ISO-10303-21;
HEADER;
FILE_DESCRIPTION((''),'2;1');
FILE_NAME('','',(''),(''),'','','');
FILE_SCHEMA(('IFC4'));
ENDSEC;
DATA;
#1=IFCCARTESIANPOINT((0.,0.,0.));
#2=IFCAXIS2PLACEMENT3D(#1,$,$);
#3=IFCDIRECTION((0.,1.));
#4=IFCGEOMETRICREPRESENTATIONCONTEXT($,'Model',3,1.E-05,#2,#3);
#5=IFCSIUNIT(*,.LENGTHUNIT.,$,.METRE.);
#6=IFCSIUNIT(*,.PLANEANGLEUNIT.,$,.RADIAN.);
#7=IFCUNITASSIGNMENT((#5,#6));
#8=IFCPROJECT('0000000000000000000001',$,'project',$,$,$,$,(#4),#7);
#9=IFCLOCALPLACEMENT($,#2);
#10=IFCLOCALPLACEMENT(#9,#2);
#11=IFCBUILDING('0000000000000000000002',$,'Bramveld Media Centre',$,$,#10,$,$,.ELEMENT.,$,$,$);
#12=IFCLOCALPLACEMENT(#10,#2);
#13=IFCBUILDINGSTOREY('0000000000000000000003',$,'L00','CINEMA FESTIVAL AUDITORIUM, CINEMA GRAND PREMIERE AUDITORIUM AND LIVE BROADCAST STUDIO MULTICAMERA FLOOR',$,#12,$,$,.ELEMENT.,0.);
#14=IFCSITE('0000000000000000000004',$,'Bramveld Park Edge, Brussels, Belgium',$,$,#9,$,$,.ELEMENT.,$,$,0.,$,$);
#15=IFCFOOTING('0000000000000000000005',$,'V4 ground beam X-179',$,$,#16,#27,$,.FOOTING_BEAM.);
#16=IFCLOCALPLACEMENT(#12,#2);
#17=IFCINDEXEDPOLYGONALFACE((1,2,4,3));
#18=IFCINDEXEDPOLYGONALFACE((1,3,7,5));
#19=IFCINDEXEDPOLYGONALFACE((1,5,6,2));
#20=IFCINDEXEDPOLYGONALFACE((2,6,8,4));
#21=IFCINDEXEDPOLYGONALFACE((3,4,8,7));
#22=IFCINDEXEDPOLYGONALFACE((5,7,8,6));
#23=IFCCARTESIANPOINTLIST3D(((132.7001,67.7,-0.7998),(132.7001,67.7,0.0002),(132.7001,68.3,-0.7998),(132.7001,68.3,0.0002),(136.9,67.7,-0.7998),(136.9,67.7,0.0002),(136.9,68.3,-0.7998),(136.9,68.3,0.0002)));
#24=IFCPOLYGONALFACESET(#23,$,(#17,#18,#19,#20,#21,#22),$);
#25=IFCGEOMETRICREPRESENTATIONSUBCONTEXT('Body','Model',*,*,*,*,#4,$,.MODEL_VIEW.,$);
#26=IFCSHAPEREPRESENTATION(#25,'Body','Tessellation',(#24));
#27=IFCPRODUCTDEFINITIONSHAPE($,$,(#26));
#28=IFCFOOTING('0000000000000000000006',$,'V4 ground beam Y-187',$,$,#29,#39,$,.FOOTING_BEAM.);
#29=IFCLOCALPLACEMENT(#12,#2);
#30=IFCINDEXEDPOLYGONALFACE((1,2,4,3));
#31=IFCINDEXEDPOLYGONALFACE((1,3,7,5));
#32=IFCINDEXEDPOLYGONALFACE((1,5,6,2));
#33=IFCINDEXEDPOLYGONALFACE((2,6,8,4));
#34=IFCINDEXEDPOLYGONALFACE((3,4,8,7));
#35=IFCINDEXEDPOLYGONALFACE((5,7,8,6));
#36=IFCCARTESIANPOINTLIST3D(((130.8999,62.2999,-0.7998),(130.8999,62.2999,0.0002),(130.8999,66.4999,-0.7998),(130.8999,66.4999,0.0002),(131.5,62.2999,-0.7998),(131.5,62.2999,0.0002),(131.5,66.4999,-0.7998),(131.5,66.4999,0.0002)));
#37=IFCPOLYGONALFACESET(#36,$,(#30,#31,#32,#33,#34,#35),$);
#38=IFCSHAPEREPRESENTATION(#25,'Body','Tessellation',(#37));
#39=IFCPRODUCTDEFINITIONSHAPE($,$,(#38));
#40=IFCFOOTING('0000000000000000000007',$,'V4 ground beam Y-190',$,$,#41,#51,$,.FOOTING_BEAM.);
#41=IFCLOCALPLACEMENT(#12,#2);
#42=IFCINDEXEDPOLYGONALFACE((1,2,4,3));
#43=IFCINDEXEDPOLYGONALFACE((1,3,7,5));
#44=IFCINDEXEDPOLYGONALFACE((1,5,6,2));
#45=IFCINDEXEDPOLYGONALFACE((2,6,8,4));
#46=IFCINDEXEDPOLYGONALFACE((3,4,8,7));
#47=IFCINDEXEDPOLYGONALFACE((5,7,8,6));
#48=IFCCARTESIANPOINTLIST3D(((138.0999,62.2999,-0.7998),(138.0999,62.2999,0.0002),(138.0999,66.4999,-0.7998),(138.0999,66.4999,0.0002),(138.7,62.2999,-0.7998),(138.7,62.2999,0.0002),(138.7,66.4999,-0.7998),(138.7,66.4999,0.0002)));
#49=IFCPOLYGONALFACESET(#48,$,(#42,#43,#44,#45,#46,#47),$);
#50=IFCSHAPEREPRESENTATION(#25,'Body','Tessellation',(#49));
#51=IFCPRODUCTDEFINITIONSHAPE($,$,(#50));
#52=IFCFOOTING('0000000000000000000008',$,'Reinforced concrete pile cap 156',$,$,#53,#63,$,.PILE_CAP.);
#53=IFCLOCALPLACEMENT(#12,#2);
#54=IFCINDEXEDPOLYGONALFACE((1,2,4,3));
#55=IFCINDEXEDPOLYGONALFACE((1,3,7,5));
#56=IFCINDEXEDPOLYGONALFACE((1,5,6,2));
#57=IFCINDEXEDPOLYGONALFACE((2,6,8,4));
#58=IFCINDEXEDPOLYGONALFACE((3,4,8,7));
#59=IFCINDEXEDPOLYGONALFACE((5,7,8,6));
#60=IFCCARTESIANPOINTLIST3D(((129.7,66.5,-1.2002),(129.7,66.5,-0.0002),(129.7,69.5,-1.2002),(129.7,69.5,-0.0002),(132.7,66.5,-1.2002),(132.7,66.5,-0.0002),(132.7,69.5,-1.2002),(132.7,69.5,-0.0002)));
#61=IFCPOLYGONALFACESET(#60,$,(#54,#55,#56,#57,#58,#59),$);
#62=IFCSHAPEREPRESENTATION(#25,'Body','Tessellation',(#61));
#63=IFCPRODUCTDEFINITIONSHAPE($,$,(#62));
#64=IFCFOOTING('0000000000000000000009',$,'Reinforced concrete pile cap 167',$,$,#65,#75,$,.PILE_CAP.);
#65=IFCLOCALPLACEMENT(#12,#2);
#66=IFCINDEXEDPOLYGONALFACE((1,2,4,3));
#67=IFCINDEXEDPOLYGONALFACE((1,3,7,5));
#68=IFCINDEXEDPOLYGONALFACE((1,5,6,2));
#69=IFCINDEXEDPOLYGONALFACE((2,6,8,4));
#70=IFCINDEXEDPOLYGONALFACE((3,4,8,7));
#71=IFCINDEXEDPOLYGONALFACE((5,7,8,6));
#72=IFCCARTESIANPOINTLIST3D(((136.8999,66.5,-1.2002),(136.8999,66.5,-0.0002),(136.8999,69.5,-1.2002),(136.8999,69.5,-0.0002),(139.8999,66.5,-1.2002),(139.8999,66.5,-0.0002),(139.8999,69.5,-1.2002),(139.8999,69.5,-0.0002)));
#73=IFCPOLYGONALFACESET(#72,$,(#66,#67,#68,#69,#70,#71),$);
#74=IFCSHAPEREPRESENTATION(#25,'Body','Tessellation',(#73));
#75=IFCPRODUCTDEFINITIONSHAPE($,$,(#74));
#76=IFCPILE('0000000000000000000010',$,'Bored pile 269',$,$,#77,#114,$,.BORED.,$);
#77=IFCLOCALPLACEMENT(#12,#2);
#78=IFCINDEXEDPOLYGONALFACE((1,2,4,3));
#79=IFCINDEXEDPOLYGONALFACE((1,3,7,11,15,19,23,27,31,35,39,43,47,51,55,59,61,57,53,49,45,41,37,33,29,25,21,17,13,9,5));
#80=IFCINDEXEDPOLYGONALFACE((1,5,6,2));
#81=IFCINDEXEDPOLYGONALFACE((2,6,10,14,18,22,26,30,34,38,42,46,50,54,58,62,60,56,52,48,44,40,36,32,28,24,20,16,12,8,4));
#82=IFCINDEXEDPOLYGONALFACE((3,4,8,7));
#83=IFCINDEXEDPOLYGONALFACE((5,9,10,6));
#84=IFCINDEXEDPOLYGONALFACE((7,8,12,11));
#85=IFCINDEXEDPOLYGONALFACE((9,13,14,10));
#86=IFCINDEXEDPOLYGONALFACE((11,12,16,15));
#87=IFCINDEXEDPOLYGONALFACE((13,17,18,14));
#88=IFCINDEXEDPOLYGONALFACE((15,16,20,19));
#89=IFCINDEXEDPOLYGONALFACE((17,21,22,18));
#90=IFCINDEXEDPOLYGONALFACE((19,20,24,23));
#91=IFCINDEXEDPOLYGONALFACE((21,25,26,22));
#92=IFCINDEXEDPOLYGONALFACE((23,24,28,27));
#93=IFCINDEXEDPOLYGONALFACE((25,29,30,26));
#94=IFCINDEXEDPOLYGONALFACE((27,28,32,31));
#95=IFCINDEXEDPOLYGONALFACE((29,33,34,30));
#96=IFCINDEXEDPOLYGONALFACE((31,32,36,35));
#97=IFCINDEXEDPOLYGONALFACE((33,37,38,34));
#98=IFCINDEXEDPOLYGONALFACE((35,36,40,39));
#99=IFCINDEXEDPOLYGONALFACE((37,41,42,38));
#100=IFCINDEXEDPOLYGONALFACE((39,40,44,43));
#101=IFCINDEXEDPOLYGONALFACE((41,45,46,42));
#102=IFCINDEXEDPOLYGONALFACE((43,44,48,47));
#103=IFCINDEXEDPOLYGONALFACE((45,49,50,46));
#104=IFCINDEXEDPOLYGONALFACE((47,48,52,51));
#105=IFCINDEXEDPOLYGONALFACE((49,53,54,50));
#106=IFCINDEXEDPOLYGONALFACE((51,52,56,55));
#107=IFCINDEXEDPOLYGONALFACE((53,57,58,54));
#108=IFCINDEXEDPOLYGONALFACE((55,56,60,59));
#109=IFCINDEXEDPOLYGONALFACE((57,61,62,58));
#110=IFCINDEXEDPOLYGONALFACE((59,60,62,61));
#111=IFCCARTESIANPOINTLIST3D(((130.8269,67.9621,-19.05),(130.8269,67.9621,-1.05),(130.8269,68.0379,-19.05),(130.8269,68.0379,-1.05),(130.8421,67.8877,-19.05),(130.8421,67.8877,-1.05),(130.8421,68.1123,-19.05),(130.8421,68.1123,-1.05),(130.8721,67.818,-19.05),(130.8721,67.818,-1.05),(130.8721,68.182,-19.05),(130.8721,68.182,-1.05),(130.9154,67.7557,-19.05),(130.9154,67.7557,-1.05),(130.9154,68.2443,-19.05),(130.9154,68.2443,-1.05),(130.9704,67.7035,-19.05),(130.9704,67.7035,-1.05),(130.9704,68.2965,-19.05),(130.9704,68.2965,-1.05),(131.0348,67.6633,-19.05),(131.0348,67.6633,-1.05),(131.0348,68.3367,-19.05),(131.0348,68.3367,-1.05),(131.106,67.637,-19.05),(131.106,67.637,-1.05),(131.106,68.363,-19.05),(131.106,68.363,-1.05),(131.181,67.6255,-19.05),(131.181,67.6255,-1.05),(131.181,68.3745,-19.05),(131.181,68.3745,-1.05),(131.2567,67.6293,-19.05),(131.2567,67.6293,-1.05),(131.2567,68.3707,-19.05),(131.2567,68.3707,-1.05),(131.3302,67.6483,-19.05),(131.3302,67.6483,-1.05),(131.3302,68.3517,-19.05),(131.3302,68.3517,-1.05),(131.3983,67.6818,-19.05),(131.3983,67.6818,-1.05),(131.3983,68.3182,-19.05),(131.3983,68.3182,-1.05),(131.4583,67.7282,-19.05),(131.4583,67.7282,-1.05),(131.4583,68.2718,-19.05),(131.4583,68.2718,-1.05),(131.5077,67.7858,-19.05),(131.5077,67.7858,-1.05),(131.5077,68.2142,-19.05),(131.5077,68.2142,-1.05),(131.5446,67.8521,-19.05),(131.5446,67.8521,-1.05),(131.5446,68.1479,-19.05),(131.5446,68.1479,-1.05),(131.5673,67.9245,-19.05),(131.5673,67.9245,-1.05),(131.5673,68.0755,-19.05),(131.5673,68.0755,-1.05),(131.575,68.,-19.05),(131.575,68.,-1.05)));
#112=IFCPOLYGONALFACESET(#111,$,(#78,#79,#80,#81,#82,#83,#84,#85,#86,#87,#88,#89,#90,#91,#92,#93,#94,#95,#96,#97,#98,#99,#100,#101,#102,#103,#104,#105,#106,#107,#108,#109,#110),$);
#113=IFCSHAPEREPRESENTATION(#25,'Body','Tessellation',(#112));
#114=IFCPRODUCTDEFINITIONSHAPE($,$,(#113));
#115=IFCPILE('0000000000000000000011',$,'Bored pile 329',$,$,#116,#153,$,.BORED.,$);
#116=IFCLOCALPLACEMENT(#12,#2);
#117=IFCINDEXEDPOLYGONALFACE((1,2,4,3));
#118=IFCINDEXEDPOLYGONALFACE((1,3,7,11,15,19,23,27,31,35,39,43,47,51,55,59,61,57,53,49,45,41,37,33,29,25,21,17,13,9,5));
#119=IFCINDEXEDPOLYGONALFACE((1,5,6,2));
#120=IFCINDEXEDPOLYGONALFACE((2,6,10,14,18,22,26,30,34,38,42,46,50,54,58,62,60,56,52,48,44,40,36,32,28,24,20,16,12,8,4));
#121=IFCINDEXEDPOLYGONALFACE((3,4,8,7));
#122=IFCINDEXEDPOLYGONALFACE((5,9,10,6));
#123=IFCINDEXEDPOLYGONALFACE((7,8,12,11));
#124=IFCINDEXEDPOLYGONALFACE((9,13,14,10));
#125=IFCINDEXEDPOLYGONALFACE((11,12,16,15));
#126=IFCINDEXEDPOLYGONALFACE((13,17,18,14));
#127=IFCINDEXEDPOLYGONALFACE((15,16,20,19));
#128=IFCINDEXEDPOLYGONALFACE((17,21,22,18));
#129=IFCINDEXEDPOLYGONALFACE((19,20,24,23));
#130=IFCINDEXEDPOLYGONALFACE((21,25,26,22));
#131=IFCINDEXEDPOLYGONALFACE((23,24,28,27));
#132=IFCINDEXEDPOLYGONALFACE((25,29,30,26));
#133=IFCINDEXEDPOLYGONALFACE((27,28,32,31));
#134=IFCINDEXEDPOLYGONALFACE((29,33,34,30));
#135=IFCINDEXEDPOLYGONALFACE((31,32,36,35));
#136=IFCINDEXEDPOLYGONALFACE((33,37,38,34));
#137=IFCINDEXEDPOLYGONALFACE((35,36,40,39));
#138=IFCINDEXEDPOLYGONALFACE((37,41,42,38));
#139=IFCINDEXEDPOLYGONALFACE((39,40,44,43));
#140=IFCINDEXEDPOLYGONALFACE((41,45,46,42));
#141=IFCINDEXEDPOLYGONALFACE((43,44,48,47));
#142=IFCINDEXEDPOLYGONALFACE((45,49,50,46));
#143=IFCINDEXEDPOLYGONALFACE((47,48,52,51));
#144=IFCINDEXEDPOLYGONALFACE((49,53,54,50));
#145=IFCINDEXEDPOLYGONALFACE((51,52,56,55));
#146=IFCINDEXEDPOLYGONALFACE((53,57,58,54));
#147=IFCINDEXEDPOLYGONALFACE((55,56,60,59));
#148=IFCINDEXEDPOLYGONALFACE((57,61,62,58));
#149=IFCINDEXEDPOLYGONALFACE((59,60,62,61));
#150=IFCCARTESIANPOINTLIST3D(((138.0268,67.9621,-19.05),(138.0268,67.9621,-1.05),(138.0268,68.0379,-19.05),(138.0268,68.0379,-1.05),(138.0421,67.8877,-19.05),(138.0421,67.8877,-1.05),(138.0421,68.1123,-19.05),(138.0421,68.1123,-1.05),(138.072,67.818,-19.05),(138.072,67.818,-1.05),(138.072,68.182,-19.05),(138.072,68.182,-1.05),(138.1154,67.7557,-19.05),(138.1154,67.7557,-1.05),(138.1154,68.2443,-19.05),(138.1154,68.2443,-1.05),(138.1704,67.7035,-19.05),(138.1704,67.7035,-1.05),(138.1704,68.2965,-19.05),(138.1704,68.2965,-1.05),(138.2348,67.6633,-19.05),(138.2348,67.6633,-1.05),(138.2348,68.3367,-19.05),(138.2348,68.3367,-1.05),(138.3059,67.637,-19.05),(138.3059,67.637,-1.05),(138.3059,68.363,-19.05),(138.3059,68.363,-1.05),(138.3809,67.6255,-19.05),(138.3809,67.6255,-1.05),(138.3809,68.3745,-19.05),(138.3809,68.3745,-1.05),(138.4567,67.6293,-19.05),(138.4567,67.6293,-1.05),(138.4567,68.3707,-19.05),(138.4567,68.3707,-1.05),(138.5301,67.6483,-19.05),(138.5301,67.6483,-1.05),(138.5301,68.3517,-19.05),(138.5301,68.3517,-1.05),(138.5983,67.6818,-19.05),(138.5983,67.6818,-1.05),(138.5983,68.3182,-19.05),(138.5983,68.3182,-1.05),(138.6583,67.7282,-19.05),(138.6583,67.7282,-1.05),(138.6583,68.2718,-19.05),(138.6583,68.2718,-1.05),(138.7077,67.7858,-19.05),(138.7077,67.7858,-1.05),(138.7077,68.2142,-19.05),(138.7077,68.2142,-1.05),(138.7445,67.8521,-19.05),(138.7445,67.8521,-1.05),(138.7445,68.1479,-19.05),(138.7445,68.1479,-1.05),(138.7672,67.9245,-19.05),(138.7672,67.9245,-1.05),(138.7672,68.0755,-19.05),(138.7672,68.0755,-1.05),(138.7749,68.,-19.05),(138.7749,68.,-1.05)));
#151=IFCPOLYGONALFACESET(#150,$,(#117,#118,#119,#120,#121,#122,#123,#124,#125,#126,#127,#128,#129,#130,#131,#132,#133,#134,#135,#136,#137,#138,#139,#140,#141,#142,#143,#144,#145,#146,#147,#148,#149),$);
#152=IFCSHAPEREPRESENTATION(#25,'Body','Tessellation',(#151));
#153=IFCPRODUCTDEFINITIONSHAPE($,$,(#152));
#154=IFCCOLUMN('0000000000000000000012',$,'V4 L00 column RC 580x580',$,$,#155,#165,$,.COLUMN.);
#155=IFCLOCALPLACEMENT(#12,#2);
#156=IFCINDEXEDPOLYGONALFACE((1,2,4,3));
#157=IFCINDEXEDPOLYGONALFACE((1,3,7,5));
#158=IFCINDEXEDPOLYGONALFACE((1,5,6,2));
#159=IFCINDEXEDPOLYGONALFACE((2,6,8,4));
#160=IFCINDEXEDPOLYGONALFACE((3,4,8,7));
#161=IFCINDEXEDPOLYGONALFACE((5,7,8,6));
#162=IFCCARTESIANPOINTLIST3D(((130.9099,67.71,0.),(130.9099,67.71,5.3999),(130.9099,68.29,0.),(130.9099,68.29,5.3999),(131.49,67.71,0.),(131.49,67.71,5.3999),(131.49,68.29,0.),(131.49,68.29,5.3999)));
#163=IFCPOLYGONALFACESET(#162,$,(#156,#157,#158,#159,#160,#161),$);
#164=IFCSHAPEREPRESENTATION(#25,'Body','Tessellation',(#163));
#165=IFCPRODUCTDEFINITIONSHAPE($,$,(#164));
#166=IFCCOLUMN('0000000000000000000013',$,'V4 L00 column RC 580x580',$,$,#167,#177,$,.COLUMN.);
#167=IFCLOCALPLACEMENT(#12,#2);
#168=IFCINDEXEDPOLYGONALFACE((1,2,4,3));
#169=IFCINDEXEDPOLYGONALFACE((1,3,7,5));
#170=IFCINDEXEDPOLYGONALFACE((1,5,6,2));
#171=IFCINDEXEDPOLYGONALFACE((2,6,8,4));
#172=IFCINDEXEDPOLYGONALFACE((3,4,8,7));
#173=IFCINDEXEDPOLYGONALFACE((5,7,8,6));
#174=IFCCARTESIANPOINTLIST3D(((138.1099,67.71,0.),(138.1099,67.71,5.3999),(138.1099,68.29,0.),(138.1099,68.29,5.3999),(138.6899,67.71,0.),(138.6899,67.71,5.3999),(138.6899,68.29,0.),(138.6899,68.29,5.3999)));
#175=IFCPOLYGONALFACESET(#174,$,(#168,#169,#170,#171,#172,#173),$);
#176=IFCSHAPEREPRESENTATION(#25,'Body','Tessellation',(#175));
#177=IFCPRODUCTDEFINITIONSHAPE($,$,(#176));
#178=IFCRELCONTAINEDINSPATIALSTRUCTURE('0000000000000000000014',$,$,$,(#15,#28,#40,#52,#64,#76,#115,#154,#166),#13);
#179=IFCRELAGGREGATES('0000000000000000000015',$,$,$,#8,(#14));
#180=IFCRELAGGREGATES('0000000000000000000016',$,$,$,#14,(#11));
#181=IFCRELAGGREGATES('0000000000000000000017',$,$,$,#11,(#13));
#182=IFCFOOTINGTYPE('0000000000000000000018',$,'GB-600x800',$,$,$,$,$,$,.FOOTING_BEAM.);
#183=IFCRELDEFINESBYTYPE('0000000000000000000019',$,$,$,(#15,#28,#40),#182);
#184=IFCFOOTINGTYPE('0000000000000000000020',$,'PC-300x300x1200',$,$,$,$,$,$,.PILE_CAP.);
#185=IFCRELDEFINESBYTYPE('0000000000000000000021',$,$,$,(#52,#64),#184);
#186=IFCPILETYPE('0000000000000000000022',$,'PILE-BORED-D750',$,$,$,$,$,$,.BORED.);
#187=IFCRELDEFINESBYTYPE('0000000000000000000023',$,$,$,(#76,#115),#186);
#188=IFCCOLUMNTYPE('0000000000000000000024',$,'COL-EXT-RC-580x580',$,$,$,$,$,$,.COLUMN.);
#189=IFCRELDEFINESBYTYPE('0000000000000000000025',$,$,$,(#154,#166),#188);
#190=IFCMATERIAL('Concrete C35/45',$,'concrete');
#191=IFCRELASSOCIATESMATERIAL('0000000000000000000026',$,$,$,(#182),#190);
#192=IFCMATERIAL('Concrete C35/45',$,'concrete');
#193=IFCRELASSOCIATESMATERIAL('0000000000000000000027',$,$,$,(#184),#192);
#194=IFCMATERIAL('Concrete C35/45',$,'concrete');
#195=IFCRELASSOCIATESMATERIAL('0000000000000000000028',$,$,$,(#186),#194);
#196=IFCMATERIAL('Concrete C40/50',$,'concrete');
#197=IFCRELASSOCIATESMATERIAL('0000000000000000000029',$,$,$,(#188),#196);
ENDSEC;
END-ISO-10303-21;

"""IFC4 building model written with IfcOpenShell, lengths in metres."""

from ifc_helpers import new_model, si_unit, direction, frame, origin, origin_2d, place, context, subcontext, project, spatial, rectangle, circle, extrude, material, material_profile, profile_set, type_object, element, save


model = new_model("IFC4")

# Units and contexts
model_context = context("Model", 3, precision=1e-05, world=origin(), true_north=direction((0.0, 1.0)))
body_context = subcontext(model_context, "Body", "Model", "MODEL_VIEW")
ifc_project = project(units=[si_unit("LENGTHUNIT", "METRE"), si_unit("PLANEANGLEUNIT", "RADIAN")], contexts=[model_context])

# Site, building, storey
site_placement = place(None, origin())
site = spatial("IfcSite", under=ifc_project, at=site_placement, Name="Bramveld Park Edge, Brussels, Belgium", CompositionType="ELEMENT", RefElevation=0.0)
building_placement = place(site_placement, origin())
building = spatial("IfcBuilding", under=site, at=building_placement, Name="Bramveld Media Centre", CompositionType="ELEMENT")
storey_placement = place(building_placement, origin())
storey = spatial("IfcBuildingStorey", under=building, at=storey_placement, Name="L00", Description="CINEMA FESTIVAL AUDITORIUM, CINEMA GRAND PREMIERE AUDITORIUM AND LIVE BROADCAST STUDIO MULTICAMERA FLOOR", CompositionType="ELEMENT", Elevation=0.0)

# Footings
ifc_material_1 = material(Name="Concrete C35/45", Category="concrete")
footing_type_1 = type_object("IfcFootingType", Name="GB-600x800", PredefinedType="FOOTING_BEAM", material=ifc_material_1)
footing_placement = place(storey_placement, frame((134.8, 68.0, -0.7998), z_axis=(0.0, 0.0, 1.0), x_axis=(1.0, 0.0, 0.0)))
element("IfcFooting", 1, at=footing_placement, inside=storey, type_object=footing_type_1, Name="V4 ground beam X-179", PredefinedType="FOOTING_BEAM", context=body_context, shape_type="SweptSolid", body=[
    extrude(rectangle(XDim=4.2, YDim=0.6001, at=origin_2d()), origin(), (0.0, 0.0, 1.0), 0.8),
])
for number, where, z_axis, x_axis, name in (
    (2, (131.2, 64.3999, -0.7998), (0.0, 0.0, 1.0), (1.0, 0.0, 0.0), "V4 ground beam Y-187"),
    (3, (138.3999, 64.3999, -0.7998), (0.0, 0.0, 1.0), (1.0, 0.0, 0.0), "V4 ground beam Y-190"),
):
    element("IfcFooting", number, at=place(storey_placement, frame(where, z_axis=z_axis, x_axis=x_axis)), inside=storey, type_object=footing_type_1, Name=name, PredefinedType="FOOTING_BEAM", context=body_context, shape_type="SweptSolid", body=[
        extrude(rectangle(XDim=0.6001, YDim=4.2, at=origin_2d()), origin(), (0.0, 0.0, 1.0), 0.8),
    ])
ifc_material_2 = material(Name="Concrete C35/45", Category="concrete")
footing_type_2 = type_object("IfcFootingType", Name="PC-300x300x1200", PredefinedType="PILE_CAP", material=ifc_material_2)
for number, where, z_axis, x_axis, name in (
    (4, (131.2, 68.0, -1.2002), (0.0, 0.0, 1.0), (1.0, 0.0, 0.0), "Reinforced concrete pile cap 156"),
    (5, (138.3999, 68.0, -1.2002), (0.0, 0.0, 1.0), (1.0, 0.0, 0.0), "Reinforced concrete pile cap 167"),
):
    element("IfcFooting", number, at=place(storey_placement, frame(where, z_axis=z_axis, x_axis=x_axis)), inside=storey, type_object=footing_type_2, Name=name, PredefinedType="PILE_CAP", context=body_context, shape_type="SweptSolid", body=[
        extrude(rectangle(XDim=3.0, YDim=3.0, at=origin_2d()), origin(), (0.0, 0.0, 1.0), 1.2),
    ])

# Piles
ifc_material_3 = material(Name="Concrete C35/45", Category="concrete")
ifc_material_profile_1 = material_profile(ifc_material_3, circle(Radius=0.375, at=origin_2d()), Name="BORED D750")
ifc_profile_set_1 = profile_set([ifc_material_profile_1], Name="Concrete C35/45")
pile_type = type_object("IfcPileType", Name="PILE-BORED-D750", PredefinedType="BORED", material=ifc_profile_set_1)
for number, where, z_axis, x_axis, name in (
    (6, (131.2, 68.0, -1.05), (0.0, 0.0, -1.0), (1.0, 0.0, 0.0), "Bored pile 269"),
    (7, (138.3999, 68.0, -1.05), (0.0, 0.0, -1.0), (1.0, 0.0, 0.0), "Bored pile 329"),
):
    element("IfcPile", number, at=place(storey_placement, frame(where, z_axis=z_axis, x_axis=x_axis)), inside=storey, type_object=pile_type, Name=name, PredefinedType="BORED", context=body_context, shape_type="SweptSolid", body=[
        extrude(circle(Radius=0.375, at=origin_2d()), origin(), (0.0, 0.0, 1.0), 18.0),
    ])

# Columns
ifc_material_4 = material(Name="Concrete C40/50", Category="concrete")
ifc_material_profile_2 = material_profile(ifc_material_4, rectangle(XDim=0.5801, YDim=0.5801, at=origin_2d()), Name="RC 580x580")
ifc_profile_set_2 = profile_set([ifc_material_profile_2], Name="Concrete C40/50")
column_type = type_object("IfcColumnType", Name="COL-EXT-RC-580x580", PredefinedType="COLUMN", material=ifc_profile_set_2)
for number, where, z_axis, x_axis, name in (
    (8, (131.2, 68.0, 0.0), (0.0, 0.0, 1.0), (1.0, 0.0, 0.0), "V4 L00 column RC 580x580"),
    (9, (138.3999, 68.0, 0.0), (0.0, 0.0, 1.0), (1.0, 0.0, 0.0), "V4 L00 column RC 580x580"),
):
    element("IfcColumn", number, at=place(storey_placement, frame(where, z_axis=z_axis, x_axis=x_axis)), inside=storey, type_object=column_type, Name=name, PredefinedType="COLUMN", context=body_context, shape_type="SweptSolid", body=[
        extrude(rectangle(XDim=0.5801, YDim=0.5801, at=origin_2d()), origin(), (0.0, 0.0, 1.0), 5.3999),
    ])

save(model, "model.ifc")
